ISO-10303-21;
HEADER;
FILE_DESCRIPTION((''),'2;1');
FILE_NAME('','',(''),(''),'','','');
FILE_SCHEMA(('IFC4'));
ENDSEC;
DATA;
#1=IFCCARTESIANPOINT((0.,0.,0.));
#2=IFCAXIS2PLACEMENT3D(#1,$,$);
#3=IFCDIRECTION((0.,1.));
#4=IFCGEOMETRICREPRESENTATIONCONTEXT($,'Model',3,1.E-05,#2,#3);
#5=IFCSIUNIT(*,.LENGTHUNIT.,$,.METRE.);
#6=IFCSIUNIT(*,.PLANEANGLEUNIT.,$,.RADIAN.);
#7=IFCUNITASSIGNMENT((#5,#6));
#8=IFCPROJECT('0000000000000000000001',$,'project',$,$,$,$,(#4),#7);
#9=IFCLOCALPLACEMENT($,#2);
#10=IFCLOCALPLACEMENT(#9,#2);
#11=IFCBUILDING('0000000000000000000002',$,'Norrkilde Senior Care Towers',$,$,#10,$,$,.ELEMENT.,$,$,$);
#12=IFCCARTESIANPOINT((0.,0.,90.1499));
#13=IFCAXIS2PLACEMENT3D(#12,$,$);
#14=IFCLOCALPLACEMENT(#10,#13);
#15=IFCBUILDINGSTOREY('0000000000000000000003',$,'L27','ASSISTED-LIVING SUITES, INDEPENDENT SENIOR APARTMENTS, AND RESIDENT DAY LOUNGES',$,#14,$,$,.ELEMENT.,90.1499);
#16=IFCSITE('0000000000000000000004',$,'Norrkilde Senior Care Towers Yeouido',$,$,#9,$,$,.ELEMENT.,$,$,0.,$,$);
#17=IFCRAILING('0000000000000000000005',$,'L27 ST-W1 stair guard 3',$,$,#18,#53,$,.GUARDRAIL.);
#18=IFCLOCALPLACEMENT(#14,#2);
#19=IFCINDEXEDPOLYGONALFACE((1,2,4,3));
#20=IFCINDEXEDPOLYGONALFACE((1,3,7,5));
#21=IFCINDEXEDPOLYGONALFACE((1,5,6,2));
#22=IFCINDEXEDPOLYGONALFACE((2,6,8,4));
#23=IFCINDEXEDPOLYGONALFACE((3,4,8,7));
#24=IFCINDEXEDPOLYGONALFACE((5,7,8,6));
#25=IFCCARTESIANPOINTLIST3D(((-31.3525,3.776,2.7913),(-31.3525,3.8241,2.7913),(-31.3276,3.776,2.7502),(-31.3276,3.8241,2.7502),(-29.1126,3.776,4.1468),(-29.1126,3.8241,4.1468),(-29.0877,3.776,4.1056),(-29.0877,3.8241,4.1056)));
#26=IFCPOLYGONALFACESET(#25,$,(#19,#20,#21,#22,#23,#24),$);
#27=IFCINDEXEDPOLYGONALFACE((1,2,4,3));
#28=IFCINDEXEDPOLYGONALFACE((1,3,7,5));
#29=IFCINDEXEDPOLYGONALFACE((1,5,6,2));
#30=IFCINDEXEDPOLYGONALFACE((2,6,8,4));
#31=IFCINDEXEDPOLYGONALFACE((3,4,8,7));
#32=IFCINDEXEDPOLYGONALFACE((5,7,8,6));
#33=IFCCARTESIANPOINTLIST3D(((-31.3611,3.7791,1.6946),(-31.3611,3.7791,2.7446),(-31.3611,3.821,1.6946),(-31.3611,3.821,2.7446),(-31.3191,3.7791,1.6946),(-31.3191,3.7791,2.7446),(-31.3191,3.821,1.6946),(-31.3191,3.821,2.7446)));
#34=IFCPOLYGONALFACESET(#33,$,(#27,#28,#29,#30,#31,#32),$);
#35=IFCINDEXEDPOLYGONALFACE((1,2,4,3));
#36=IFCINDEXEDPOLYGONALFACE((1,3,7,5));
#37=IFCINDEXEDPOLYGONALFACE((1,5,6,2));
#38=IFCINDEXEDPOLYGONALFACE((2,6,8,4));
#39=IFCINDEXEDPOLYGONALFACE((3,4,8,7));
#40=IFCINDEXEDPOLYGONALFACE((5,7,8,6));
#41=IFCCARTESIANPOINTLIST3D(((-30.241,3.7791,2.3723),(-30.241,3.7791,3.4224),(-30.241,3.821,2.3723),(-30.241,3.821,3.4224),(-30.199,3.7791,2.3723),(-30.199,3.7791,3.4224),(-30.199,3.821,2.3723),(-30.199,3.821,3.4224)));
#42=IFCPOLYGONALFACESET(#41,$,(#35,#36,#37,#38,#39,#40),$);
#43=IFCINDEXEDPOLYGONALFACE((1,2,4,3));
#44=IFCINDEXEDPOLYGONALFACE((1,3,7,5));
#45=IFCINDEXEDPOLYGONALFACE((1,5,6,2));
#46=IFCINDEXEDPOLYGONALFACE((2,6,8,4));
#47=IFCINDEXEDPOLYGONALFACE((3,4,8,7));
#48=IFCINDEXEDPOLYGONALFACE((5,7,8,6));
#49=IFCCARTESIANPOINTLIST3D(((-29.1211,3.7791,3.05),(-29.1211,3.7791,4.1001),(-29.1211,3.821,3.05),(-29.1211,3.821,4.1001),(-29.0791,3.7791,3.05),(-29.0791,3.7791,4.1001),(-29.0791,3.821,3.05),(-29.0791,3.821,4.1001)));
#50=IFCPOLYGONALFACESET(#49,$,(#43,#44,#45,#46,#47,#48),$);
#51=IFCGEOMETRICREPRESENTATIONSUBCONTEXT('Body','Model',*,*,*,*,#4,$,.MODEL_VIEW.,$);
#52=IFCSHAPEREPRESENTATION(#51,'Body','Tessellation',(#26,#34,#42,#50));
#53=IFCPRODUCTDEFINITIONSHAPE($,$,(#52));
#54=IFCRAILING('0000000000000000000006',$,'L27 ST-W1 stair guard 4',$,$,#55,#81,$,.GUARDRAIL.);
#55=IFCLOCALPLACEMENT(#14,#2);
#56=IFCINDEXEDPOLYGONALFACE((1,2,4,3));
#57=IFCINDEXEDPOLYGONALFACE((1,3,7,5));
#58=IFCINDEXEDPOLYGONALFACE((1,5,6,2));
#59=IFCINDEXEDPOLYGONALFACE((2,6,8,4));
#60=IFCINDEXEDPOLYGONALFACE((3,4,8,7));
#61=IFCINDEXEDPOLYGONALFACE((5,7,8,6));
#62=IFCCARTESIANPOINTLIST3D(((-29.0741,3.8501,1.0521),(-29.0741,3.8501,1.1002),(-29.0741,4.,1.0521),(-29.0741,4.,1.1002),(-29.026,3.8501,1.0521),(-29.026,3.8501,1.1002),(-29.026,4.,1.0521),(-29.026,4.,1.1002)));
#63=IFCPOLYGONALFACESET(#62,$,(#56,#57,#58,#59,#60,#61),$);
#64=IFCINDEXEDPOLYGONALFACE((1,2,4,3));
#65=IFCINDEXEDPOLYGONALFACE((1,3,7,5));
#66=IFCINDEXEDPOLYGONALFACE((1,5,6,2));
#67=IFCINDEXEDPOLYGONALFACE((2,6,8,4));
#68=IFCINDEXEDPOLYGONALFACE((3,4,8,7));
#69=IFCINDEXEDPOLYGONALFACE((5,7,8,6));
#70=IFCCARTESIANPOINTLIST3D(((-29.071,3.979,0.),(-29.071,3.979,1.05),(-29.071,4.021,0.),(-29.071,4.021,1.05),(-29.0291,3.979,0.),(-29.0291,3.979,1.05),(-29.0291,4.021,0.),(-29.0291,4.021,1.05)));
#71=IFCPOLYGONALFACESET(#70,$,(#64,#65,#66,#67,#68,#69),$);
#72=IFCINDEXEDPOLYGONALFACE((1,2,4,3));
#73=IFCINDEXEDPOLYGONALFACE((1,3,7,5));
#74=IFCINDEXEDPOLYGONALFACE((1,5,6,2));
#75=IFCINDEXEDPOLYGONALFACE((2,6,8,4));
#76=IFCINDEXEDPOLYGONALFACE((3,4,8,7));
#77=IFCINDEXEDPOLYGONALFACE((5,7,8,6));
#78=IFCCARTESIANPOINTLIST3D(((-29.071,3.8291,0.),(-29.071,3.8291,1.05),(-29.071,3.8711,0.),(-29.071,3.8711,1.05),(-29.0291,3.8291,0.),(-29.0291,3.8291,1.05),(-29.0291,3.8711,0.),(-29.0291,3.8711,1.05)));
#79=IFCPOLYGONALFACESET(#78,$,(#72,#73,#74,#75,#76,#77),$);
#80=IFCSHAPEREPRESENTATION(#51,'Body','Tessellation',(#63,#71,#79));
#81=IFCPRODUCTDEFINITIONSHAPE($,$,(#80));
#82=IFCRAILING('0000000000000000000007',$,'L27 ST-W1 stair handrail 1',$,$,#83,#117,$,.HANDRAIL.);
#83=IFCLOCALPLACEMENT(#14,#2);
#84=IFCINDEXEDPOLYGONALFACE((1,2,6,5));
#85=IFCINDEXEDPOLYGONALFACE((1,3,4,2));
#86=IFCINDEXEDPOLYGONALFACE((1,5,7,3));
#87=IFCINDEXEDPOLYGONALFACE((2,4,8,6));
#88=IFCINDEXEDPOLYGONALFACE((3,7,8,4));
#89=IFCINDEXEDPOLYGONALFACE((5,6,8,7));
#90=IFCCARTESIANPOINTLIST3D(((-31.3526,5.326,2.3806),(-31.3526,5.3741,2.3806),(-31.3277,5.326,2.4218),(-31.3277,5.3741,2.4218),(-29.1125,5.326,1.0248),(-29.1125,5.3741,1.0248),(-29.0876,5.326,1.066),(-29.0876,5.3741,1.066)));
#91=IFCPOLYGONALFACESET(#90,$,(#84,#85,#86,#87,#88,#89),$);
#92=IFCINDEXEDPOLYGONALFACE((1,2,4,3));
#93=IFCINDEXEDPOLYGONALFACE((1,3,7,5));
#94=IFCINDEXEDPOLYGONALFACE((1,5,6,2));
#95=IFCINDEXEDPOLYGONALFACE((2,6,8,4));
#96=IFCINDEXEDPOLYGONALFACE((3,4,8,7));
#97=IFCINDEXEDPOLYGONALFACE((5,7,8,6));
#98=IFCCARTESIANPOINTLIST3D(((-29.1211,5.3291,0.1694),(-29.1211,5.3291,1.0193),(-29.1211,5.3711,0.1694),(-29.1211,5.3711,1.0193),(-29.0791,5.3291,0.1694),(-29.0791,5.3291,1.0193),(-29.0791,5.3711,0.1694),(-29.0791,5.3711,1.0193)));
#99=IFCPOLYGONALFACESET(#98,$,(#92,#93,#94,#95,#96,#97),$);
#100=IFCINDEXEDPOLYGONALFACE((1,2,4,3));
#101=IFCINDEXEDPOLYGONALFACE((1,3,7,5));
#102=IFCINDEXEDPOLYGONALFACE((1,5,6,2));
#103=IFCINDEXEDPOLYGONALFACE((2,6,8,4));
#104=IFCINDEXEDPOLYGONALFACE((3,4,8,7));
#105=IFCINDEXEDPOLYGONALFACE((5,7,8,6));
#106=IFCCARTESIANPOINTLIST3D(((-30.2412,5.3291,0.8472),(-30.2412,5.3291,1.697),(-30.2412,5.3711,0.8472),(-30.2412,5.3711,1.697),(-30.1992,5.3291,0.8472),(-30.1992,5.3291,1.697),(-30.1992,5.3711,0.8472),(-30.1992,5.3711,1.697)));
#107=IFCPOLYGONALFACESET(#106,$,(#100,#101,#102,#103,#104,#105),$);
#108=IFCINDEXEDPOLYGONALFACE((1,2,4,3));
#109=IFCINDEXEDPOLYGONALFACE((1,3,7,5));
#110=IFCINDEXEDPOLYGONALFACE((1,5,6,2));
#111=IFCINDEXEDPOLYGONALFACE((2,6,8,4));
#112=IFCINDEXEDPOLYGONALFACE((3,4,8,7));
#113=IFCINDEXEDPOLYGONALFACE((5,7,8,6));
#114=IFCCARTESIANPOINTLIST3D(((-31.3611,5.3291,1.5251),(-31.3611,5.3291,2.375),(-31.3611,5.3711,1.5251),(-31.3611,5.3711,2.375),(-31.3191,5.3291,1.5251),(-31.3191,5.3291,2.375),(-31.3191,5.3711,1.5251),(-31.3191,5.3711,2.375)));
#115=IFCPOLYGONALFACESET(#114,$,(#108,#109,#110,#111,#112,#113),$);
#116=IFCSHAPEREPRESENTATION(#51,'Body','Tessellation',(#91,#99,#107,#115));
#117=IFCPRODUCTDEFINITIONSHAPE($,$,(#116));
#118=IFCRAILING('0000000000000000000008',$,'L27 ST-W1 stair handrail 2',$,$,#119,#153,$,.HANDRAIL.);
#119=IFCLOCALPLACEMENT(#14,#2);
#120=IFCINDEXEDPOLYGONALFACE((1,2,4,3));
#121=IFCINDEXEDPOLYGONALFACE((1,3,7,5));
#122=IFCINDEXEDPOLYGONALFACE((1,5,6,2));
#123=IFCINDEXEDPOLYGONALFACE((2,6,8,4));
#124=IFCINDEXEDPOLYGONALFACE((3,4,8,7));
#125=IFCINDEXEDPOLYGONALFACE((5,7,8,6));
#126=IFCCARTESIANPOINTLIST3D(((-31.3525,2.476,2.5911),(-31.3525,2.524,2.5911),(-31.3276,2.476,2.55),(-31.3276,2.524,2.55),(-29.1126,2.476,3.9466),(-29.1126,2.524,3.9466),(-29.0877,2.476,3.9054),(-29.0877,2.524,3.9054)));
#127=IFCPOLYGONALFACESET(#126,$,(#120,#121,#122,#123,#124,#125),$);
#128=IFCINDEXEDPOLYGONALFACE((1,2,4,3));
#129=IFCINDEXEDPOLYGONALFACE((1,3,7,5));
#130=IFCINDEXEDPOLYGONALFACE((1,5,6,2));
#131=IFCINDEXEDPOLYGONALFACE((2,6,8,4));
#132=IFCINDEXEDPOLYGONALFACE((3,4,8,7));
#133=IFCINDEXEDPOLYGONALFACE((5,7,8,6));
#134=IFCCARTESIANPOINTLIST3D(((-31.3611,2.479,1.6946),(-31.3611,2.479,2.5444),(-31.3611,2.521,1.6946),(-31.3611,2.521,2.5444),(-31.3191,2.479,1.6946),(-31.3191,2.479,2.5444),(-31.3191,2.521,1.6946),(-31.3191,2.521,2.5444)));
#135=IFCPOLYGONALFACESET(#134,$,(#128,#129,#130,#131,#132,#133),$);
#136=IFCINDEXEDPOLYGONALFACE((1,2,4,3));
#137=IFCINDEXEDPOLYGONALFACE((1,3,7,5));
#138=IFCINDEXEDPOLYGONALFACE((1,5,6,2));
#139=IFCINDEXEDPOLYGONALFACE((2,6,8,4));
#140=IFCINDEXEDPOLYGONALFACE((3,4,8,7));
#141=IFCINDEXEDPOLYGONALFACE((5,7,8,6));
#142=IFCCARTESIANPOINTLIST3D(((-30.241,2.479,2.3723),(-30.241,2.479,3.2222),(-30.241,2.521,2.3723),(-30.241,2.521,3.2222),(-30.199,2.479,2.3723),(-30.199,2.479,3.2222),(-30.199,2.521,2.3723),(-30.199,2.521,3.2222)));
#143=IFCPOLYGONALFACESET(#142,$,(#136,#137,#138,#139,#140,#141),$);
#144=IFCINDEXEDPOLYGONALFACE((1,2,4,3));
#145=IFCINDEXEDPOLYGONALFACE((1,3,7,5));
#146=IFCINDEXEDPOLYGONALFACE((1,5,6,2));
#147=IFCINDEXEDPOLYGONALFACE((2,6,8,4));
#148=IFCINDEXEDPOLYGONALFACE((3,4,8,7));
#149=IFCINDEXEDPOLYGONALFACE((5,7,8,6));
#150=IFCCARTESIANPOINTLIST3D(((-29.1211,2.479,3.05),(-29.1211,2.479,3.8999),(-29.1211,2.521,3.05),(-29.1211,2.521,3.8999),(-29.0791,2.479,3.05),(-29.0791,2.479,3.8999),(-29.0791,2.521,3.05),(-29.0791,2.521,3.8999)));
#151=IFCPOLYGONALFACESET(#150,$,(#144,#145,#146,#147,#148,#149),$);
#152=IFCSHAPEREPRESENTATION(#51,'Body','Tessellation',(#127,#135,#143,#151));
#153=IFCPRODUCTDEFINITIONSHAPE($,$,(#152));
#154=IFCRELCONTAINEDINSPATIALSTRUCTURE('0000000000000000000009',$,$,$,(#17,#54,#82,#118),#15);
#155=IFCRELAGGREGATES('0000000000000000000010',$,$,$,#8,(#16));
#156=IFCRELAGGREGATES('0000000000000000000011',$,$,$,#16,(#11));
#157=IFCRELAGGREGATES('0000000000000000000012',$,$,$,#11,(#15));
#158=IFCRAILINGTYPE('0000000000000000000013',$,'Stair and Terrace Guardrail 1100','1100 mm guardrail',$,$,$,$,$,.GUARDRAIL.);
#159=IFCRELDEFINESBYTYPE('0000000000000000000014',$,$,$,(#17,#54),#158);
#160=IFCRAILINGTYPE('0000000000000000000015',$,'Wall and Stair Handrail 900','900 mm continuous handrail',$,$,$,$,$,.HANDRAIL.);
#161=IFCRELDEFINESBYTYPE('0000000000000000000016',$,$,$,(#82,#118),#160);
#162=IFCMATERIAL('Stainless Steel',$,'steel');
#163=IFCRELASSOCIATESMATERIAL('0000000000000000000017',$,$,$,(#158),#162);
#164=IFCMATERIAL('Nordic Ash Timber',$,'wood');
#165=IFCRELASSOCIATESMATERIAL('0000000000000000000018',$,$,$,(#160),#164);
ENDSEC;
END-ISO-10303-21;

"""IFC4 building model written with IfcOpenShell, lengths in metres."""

from ifc_helpers import new_model, si_unit, direction, frame, origin, origin_2d, place, context, subcontext, project, spatial, rectangle, extrude, material, type_object, element, save


model = new_model("IFC4")

# Units and contexts
model_context = context("Model", 3, precision=1e-05, world=origin(), true_north=direction((0.0, 1.0)))
body_context = subcontext(model_context, "Body", "Model", "MODEL_VIEW")
ifc_project = project(units=[si_unit("LENGTHUNIT", "METRE"), si_unit("PLANEANGLEUNIT", "RADIAN")], contexts=[model_context])

# Site, building, storey
site_placement = place(None, origin())
site = spatial("IfcSite", under=ifc_project, at=site_placement, Name="Norrkilde Senior Care Towers Yeouido", CompositionType="ELEMENT", RefElevation=0.0)
building_placement = place(site_placement, origin())
building = spatial("IfcBuilding", under=site, at=building_placement, Name="Norrkilde Senior Care Towers", CompositionType="ELEMENT")
storey_placement = place(building_placement, frame((0.0, 0.0, 90.1499)))
storey = spatial("IfcBuildingStorey", under=building, at=storey_placement, Name="L27", Description="ASSISTED-LIVING SUITES, INDEPENDENT SENIOR APARTMENTS, AND RESIDENT DAY LOUNGES", CompositionType="ELEMENT", Elevation=90.1499)

# Shared definitions
ifc_material_1 = material(Name="Nordic Ash Timber", Category="wood")

# Railings
ifc_material_2 = material(Name="Stainless Steel", Category="steel")
railing_type_1 = type_object("IfcRailingType", Name="Stair and Terrace Guardrail 1100", Description="1100 mm guardrail", PredefinedType="GUARDRAIL", material=ifc_material_2)
railing_1_placement = place(storey_placement, frame((-31.3401, 3.8, 1.6946)))
element("IfcRailing", 1, at=railing_1_placement, inside=storey, type_object=railing_type_1, Name="L27 ST-W1 stair guard 3", PredefinedType="GUARDRAIL", context=body_context, shape_type="SweptSolid", body=[
    extrude(rectangle(XDim=0.0481, YDim=0.0481, at=origin_2d()), frame((0.0, 0.0, 1.0762), z_axis=(0.855553, 0.0, 0.517715), x_axis=(0.0, 1.0, 0.0)), (0.0, 0.0, 1.0), 2.6182),
    extrude(rectangle(XDim=0.042, YDim=0.042, at=origin_2d()), origin(), (0.0, 0.0, 1.0), 1.05),
    extrude(rectangle(XDim=0.042, YDim=0.042, at=origin_2d()), frame((1.1201, 0.0, 0.6777)), (0.0, 0.0, 1.0), 1.05),
    extrude(rectangle(XDim=0.042, YDim=0.042, at=origin_2d()), frame((2.24, 0.0, 1.3555)), (0.0, 0.0, 1.0), 1.05),
])
railing_2_placement = place(storey_placement, frame((-29.05, 4.0, 0.0)))
element("IfcRailing", 2, at=railing_2_placement, inside=storey, type_object=railing_type_1, Name="L27 ST-W1 stair guard 4", PredefinedType="GUARDRAIL", context=body_context, shape_type="SweptSolid", body=[
    extrude(rectangle(XDim=0.0481, YDim=0.0481, at=origin_2d()), frame((0.0, 0.0, 1.0762), z_axis=(0.0, -1.0, 0.0), x_axis=(1.0, 0.0, 0.0)), (0.0, 0.0, 1.0), 0.1499),
    extrude(rectangle(XDim=0.042, YDim=0.042, at=origin_2d()), origin(), (0.0, 0.0, 1.0), 1.05),
    extrude(rectangle(XDim=0.042, YDim=0.042, at=origin_2d()), frame((0.0, -0.1499, 0.0)), (0.0, 0.0, 1.0), 1.05),
])
railing_type_2 = type_object("IfcRailingType", Name="Wall and Stair Handrail 900", Description="900 mm continuous handrail", PredefinedType="HANDRAIL", material=ifc_material_1)
railing_3_placement = place(storey_placement, frame((-29.1001, 5.3501, 0.1694)))
element("IfcRailing", 3, at=railing_3_placement, inside=storey, type_object=railing_type_2, Name="L27 ST-W1 stair handrail 1", PredefinedType="HANDRAIL", context=body_context, shape_type="SweptSolid", body=[
    extrude(rectangle(XDim=0.0481, YDim=0.0481, at=origin_2d()), frame((0.0, 0.0, 0.876), z_axis=(-0.855512, 0.0, 0.517783), x_axis=(0.0, -1.0, 0.0)), (0.0, 0.0, 1.0), 2.6184),
    extrude(rectangle(XDim=0.042, YDim=0.042, at=origin_2d()), origin(), (0.0, 0.0, 1.0), 0.8499),
    extrude(rectangle(XDim=0.042, YDim=0.042, at=origin_2d()), frame((-1.1201, 0.0, 0.6777)), (0.0, 0.0, 1.0), 0.8499),
    extrude(rectangle(XDim=0.042, YDim=0.042, at=origin_2d()), frame((-2.24, 0.0, 1.3557)), (0.0, 0.0, 1.0), 0.8499),
])
railing_4_placement = place(storey_placement, frame((-31.3401, 2.5, 1.6946)))
element("IfcRailing", 4, at=railing_4_placement, inside=storey, type_object=railing_type_2, Name="L27 ST-W1 stair handrail 2", PredefinedType="HANDRAIL", context=body_context, shape_type="SweptSolid", body=[
    extrude(rectangle(XDim=0.0481, YDim=0.0481, at=origin_2d()), frame((0.0, 0.0, 0.876), z_axis=(0.855553, 0.0, 0.517715), x_axis=(0.0, 1.0, 0.0)), (0.0, 0.0, 1.0), 2.6182),
    extrude(rectangle(XDim=0.042, YDim=0.042, at=origin_2d()), origin(), (0.0, 0.0, 1.0), 0.8499),
    extrude(rectangle(XDim=0.042, YDim=0.042, at=origin_2d()), frame((1.1201, 0.0, 0.6777)), (0.0, 0.0, 1.0), 0.8499),
    extrude(rectangle(XDim=0.042, YDim=0.042, at=origin_2d()), frame((2.24, 0.0, 1.3555)), (0.0, 0.0, 1.0), 0.8499),
])

save(model, "model.ifc")
